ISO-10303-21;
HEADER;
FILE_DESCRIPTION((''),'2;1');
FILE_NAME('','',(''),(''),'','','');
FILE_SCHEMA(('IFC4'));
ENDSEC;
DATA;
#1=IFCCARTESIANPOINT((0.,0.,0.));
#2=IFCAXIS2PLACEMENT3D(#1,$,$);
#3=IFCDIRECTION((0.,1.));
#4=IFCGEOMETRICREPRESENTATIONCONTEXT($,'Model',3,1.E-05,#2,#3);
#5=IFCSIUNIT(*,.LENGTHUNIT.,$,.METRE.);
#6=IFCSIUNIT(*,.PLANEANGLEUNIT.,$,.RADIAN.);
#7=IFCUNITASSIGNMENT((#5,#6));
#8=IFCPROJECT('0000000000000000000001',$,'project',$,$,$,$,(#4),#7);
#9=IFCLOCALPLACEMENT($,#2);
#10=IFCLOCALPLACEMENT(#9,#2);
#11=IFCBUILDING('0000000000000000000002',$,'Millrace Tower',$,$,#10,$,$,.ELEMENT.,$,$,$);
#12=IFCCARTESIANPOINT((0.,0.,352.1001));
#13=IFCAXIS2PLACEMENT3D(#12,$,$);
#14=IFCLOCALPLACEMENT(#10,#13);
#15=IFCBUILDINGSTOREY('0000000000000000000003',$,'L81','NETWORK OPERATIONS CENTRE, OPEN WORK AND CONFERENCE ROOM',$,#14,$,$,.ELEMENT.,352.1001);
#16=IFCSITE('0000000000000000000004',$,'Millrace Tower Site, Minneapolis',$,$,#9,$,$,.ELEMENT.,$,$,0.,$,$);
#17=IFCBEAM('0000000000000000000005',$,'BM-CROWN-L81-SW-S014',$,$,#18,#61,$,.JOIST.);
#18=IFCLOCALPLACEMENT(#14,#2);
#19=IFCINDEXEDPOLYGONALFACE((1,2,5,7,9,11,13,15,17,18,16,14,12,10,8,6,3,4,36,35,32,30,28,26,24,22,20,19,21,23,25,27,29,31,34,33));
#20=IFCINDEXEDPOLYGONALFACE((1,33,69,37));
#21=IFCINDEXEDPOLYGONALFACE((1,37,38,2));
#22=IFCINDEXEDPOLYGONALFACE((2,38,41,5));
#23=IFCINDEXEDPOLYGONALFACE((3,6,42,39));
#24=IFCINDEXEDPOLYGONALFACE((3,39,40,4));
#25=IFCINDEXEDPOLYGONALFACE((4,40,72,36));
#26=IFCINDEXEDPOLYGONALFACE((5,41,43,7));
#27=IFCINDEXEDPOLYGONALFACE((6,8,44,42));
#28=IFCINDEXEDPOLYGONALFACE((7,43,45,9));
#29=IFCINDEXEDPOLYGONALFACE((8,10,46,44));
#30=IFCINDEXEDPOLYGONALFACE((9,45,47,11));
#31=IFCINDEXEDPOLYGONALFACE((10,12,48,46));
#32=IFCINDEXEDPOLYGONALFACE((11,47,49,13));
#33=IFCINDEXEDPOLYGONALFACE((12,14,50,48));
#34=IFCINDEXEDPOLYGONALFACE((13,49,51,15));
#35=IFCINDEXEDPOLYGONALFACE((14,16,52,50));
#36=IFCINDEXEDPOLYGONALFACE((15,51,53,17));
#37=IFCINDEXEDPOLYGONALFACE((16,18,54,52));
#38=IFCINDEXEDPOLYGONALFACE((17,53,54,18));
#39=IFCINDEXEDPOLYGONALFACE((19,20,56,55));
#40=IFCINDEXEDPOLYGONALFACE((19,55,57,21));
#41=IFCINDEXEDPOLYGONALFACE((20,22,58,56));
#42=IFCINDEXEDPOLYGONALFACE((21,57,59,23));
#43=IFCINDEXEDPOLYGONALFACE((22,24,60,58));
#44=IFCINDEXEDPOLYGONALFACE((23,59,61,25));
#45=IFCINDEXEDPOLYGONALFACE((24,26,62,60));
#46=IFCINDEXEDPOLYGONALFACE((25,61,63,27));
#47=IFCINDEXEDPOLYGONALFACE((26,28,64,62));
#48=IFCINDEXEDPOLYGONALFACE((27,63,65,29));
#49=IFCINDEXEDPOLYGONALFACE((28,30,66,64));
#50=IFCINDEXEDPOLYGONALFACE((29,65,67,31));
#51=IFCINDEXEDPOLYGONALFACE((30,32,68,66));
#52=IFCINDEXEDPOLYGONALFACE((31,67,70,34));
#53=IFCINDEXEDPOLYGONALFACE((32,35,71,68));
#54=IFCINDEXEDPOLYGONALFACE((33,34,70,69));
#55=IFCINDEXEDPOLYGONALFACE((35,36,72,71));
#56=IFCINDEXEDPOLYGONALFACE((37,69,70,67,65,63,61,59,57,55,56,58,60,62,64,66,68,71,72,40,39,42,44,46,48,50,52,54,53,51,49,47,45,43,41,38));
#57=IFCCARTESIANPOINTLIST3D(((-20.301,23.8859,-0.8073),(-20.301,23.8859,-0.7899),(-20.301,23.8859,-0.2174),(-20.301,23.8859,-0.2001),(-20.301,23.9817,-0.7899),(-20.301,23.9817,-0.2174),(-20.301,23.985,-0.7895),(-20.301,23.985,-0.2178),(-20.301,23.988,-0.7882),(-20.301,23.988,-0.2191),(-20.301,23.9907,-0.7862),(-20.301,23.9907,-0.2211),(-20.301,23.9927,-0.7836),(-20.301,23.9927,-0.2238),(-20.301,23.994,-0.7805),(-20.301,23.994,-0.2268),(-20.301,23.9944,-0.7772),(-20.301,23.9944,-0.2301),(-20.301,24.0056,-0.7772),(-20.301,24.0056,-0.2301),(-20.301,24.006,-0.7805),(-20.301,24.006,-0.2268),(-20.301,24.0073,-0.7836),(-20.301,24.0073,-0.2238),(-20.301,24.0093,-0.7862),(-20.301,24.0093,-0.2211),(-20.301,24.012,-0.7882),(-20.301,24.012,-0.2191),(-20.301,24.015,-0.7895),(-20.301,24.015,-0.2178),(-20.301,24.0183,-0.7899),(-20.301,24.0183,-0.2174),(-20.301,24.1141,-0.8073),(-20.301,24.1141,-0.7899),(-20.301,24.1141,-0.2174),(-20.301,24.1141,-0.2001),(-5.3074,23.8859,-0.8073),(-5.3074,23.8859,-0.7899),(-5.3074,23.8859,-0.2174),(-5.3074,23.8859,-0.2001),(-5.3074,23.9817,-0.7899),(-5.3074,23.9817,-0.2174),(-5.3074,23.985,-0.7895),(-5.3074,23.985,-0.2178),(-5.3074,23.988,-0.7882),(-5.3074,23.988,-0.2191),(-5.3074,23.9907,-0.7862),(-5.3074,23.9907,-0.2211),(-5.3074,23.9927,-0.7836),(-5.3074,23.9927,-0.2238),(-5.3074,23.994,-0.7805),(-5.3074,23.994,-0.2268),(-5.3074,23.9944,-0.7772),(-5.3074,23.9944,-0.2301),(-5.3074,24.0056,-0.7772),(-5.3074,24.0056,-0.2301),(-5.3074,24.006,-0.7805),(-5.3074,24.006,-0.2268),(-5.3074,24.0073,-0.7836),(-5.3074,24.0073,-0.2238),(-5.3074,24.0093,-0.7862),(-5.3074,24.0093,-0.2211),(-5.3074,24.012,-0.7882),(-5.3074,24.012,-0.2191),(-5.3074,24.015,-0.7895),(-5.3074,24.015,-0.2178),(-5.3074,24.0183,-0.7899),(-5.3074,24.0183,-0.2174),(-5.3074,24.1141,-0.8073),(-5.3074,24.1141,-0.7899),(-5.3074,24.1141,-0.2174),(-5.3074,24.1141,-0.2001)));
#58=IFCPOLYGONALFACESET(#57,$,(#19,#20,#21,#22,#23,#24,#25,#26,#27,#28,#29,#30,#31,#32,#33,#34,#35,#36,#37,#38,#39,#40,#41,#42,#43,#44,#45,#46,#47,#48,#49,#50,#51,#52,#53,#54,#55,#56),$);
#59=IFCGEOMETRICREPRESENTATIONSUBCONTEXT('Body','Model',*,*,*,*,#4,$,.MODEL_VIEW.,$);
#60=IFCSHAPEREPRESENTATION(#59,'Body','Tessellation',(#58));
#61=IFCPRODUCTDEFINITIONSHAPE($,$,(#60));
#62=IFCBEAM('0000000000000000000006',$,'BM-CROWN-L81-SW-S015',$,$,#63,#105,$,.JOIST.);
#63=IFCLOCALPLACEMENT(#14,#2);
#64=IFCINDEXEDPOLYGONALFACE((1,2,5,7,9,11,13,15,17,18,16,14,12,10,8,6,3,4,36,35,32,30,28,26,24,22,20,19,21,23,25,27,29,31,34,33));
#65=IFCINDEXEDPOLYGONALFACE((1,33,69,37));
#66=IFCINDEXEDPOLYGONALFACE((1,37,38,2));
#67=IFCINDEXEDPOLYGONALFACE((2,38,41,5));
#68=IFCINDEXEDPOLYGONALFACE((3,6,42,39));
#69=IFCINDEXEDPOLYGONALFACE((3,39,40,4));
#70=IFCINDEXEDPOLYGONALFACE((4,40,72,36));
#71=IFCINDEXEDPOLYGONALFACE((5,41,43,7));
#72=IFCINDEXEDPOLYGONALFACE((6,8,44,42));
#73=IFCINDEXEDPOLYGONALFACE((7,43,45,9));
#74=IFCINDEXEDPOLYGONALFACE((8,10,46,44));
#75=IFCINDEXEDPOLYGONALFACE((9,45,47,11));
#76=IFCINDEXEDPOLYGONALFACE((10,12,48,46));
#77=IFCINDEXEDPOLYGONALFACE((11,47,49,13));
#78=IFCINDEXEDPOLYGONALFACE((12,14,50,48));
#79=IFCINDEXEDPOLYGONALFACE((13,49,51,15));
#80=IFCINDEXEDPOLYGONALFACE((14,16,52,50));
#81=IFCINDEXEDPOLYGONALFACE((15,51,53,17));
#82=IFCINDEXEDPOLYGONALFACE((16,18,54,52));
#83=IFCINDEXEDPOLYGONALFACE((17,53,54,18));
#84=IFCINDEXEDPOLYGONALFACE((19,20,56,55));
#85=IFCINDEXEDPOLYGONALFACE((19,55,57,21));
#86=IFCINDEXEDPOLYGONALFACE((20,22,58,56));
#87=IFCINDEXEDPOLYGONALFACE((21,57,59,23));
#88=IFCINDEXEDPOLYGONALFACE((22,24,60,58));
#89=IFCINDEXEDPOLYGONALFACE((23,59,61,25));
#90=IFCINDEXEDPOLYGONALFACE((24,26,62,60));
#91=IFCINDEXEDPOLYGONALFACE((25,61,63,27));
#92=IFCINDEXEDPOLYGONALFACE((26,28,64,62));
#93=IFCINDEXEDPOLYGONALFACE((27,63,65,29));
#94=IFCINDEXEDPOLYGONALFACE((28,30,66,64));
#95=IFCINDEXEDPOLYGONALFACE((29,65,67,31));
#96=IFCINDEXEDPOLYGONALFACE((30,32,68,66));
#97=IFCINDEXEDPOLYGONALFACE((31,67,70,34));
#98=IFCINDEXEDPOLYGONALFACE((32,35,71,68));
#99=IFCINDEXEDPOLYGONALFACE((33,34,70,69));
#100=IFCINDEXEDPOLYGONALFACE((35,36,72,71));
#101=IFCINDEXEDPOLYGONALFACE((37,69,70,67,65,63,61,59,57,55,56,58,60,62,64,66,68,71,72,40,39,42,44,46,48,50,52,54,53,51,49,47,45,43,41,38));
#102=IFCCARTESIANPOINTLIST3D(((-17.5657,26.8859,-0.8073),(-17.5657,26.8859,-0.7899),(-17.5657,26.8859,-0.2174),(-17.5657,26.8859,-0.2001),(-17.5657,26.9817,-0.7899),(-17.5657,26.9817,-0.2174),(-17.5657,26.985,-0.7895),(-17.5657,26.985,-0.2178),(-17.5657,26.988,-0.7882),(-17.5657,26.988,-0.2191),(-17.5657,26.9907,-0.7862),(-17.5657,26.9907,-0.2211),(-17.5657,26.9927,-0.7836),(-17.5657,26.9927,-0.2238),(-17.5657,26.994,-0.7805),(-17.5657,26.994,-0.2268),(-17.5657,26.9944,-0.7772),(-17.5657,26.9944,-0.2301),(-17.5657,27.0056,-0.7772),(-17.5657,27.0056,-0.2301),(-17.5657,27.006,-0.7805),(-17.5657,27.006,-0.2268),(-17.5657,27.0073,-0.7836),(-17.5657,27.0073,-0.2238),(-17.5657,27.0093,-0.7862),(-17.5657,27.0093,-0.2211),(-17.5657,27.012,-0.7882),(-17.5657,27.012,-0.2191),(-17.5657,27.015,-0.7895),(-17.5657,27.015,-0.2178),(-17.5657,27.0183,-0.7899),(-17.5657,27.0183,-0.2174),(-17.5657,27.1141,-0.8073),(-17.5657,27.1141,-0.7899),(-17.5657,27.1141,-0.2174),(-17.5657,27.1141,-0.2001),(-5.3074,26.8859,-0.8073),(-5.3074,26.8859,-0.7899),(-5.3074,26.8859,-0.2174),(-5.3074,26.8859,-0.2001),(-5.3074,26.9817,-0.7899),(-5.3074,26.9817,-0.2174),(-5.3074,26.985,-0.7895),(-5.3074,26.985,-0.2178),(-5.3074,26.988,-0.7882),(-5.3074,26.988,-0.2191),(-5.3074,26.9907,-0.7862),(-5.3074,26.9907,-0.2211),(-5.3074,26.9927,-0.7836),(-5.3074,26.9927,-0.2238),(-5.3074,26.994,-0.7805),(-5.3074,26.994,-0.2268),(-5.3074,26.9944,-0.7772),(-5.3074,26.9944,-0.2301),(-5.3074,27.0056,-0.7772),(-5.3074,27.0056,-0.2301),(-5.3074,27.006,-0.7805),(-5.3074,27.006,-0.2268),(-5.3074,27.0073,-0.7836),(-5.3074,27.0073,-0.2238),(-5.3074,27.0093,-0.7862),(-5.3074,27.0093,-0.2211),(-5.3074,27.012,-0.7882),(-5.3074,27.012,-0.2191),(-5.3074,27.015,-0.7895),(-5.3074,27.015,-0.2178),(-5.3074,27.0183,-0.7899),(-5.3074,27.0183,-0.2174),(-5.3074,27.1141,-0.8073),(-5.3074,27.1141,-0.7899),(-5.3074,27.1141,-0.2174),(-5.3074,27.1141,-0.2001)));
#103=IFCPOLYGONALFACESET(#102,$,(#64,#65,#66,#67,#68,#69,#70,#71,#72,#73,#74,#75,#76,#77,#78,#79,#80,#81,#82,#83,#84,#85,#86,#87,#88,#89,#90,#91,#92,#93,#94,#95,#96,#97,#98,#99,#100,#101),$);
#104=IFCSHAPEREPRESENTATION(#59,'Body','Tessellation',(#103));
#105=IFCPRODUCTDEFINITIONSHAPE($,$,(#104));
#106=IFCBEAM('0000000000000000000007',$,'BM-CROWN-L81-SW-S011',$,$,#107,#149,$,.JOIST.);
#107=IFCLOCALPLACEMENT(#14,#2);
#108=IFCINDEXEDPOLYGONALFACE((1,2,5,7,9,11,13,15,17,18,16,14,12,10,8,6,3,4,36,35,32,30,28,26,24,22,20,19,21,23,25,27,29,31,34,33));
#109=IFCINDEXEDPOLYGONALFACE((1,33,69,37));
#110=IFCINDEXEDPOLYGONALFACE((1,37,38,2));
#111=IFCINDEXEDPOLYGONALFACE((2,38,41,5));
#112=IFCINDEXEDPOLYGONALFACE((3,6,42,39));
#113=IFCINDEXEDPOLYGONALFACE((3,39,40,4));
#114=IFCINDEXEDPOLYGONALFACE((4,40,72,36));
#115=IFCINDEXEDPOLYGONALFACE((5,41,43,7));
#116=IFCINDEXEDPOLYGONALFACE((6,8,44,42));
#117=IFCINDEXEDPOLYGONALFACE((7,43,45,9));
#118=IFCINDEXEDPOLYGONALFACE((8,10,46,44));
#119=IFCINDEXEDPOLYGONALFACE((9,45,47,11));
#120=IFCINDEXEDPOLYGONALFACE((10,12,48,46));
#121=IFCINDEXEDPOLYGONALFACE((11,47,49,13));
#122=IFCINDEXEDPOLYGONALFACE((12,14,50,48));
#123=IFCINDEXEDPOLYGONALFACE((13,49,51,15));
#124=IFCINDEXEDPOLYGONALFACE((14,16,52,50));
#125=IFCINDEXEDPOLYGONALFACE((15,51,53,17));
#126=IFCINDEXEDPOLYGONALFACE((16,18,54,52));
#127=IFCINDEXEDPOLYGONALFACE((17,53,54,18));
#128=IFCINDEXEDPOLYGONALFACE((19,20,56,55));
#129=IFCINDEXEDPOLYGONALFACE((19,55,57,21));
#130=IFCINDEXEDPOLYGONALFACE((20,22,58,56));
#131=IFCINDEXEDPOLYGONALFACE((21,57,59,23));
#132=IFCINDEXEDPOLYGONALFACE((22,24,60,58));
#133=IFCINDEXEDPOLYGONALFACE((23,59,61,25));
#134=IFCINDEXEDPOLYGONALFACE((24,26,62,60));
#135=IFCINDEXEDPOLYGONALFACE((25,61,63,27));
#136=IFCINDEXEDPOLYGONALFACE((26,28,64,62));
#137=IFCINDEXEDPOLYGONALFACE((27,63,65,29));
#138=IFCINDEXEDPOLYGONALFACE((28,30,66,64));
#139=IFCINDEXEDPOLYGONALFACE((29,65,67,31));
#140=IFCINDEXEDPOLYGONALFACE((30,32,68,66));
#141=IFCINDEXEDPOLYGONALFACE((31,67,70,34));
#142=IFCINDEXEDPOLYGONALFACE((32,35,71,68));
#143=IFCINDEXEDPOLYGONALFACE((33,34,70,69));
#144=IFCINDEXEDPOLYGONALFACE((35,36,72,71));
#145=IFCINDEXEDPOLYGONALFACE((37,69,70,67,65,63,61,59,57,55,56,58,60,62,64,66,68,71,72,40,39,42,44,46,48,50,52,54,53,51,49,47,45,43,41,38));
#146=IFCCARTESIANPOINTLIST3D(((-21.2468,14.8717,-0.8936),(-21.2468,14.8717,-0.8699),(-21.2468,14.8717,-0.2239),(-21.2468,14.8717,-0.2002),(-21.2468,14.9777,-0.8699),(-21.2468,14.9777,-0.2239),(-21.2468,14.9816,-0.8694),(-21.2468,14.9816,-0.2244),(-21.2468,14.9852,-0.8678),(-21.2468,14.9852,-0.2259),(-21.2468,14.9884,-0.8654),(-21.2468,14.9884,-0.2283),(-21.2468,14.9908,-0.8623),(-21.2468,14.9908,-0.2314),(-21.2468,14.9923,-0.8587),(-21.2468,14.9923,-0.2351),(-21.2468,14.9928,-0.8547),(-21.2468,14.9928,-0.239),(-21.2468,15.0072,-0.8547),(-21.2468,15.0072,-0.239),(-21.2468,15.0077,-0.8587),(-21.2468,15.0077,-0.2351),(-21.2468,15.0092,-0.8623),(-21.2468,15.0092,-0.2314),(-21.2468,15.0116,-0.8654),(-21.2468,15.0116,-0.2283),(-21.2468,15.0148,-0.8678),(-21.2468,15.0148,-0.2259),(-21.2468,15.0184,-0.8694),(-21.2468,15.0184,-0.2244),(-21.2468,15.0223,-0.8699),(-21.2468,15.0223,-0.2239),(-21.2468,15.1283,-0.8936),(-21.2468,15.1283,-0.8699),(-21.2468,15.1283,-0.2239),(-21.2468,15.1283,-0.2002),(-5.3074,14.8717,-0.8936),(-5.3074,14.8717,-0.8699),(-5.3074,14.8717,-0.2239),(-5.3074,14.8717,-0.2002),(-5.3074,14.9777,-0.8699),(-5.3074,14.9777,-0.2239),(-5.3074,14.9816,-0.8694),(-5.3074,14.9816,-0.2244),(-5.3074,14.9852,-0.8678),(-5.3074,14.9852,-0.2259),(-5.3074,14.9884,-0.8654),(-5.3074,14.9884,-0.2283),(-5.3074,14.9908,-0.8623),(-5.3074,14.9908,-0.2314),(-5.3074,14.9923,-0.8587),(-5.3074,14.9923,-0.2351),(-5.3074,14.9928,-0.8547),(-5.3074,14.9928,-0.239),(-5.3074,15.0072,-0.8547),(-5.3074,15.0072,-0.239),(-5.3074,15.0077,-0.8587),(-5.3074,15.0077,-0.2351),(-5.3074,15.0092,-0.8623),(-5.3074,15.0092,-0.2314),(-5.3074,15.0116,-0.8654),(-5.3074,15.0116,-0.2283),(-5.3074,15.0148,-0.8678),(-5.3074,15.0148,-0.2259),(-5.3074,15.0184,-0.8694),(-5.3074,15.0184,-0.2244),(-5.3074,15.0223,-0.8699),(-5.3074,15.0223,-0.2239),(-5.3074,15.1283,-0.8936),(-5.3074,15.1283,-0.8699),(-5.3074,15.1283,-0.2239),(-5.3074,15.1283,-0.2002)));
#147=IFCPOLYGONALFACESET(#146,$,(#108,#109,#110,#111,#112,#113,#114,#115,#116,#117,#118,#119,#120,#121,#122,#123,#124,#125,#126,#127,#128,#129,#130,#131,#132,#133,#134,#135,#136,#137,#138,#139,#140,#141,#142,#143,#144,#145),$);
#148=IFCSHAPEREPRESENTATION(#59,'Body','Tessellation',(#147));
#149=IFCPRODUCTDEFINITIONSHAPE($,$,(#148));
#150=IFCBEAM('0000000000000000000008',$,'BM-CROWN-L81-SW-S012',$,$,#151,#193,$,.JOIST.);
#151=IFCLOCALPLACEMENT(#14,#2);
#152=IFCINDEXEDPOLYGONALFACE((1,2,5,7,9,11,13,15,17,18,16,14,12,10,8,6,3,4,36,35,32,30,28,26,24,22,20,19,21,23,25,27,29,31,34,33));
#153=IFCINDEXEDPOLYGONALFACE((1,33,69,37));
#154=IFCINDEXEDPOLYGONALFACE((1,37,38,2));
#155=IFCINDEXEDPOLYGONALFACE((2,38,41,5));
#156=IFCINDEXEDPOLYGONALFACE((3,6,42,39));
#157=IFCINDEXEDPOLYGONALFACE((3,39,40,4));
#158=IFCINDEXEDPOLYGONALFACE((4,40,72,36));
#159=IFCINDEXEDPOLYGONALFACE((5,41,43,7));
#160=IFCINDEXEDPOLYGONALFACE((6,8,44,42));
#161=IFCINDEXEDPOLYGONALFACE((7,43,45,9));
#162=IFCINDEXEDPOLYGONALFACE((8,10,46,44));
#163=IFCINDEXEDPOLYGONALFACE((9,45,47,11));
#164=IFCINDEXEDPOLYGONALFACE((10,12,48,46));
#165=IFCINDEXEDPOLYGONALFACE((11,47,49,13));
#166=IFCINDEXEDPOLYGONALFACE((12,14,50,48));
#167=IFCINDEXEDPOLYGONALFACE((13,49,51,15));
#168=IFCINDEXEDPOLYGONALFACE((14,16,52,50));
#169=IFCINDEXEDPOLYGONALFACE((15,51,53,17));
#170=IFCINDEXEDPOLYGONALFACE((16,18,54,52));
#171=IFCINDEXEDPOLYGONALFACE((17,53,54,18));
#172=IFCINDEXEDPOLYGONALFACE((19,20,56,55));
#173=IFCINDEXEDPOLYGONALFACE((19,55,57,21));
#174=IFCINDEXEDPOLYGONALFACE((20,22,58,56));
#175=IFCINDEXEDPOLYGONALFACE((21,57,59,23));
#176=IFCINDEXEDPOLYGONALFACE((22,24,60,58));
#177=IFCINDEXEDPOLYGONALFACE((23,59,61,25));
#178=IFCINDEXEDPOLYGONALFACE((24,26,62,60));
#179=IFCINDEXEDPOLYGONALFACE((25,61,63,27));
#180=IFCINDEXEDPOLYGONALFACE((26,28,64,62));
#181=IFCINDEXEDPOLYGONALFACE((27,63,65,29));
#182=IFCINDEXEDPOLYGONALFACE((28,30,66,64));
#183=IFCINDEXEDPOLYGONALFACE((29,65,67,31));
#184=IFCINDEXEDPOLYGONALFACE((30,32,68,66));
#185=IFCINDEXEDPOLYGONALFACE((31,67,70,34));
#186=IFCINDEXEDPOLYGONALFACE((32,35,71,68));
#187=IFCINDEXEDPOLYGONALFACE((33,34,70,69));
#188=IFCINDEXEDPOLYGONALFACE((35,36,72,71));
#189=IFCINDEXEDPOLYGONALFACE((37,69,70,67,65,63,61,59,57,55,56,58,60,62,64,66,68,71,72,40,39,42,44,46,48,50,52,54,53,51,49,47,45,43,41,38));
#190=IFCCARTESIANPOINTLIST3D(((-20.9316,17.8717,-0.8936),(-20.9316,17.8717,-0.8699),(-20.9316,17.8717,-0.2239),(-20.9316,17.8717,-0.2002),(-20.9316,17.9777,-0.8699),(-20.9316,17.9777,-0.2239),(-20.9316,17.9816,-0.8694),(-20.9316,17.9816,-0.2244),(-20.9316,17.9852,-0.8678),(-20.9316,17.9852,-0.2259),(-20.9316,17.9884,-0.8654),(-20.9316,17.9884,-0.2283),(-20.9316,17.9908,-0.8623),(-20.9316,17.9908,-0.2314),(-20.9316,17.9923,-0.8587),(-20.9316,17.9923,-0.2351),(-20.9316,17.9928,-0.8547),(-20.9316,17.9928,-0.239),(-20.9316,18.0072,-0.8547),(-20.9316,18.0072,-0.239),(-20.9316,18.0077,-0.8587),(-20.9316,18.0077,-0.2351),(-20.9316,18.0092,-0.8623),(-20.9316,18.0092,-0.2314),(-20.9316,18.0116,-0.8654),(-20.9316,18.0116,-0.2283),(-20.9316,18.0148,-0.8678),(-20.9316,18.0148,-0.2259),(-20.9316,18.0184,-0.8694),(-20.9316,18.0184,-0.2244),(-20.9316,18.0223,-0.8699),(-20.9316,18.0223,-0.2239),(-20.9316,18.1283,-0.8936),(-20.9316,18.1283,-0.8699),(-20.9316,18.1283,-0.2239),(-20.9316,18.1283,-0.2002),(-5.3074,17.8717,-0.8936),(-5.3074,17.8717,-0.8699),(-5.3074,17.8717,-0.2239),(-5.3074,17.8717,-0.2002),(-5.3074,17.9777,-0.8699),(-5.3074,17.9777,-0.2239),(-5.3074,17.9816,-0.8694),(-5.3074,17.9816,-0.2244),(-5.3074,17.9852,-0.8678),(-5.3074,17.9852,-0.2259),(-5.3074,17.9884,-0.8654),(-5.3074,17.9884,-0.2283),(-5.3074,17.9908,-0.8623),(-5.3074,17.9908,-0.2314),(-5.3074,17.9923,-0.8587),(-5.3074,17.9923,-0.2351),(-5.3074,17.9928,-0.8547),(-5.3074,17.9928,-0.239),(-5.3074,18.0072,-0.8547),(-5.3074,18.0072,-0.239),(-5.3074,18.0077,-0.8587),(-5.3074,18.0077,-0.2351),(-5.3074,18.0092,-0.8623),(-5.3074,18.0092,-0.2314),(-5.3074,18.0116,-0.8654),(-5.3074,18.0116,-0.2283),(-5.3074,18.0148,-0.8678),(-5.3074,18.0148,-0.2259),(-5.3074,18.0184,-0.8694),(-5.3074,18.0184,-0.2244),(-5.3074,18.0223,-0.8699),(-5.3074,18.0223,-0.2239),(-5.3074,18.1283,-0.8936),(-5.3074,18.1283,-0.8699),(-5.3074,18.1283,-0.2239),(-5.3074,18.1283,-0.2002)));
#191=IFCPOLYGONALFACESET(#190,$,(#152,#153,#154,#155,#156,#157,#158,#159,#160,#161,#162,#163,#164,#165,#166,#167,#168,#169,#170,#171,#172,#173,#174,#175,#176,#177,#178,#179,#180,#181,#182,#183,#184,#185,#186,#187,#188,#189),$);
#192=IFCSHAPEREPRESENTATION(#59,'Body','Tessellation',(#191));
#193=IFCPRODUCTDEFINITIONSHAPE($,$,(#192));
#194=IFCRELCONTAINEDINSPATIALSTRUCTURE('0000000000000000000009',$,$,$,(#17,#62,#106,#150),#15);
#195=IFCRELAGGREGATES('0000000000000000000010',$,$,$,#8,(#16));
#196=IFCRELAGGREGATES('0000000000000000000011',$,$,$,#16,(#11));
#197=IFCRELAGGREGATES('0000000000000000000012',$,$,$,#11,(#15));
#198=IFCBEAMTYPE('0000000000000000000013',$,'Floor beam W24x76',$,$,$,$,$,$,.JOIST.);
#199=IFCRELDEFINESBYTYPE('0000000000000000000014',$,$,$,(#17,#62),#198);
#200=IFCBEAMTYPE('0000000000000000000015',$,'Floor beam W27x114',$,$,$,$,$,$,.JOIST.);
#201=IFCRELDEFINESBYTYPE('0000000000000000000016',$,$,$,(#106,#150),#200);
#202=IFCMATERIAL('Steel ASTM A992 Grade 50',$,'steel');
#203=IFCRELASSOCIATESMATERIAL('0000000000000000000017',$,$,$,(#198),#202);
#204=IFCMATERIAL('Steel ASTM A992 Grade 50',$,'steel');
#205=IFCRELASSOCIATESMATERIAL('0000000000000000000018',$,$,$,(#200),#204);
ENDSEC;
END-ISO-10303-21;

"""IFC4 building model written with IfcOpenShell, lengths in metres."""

from ifc_helpers import new_model, si_unit, direction, frame, origin, origin_2d, place, context, subcontext, project, spatial, i_section, extrude, material, material_profile, profile_set, type_object, element, save


model = new_model("IFC4")

# Units and contexts
model_context = context("Model", 3, precision=1e-05, world=origin(), true_north=direction((0.0, 1.0)))
body_context = subcontext(model_context, "Body", "Model", "MODEL_VIEW")
ifc_project = project(units=[si_unit("LENGTHUNIT", "METRE"), si_unit("PLANEANGLEUNIT", "RADIAN")], contexts=[model_context])

# Site, building, storey
site_placement = place(None, origin())
site = spatial("IfcSite", under=ifc_project, at=site_placement, Name="Millrace Tower Site, Minneapolis", CompositionType="ELEMENT", RefElevation=0.0)
building_placement = place(site_placement, origin())
building = spatial("IfcBuilding", under=site, at=building_placement, Name="Millrace Tower", CompositionType="ELEMENT")
storey_placement = place(building_placement, frame((0.0, 0.0, 352.1001)))
storey = spatial("IfcBuildingStorey", under=building, at=storey_placement, Name="L81", Description="NETWORK OPERATIONS CENTRE, OPEN WORK AND CONFERENCE ROOM", CompositionType="ELEMENT", Elevation=352.1001)

# Beams
ifc_material_1 = material(Name="Steel ASTM A992 Grade 50", Category="steel")
ifc_material_profile_1 = material_profile(ifc_material_1, i_section(OverallWidth=0.2283, OverallDepth=0.6072, WebThickness=0.0112, FlangeThickness=0.0173, FilletRadius=0.0127, at=origin_2d()))
ifc_profile_set_1 = profile_set([ifc_material_profile_1], Name="Steel ASTM A992 Grade 50")
beam_type_1 = type_object("IfcBeamType", Name="Floor beam W24x76", PredefinedType="JOIST", material=ifc_profile_set_1)
beam_1_placement = place(storey_placement, frame((-20.301, 24.0, -0.5037), z_axis=(1.0, 0.0, 0.0), x_axis=(0.0, 1.0, 0.0)))
element("IfcBeam", 1, at=beam_1_placement, inside=storey, type_object=beam_type_1, Name="BM-CROWN-L81-SW-S014", PredefinedType="JOIST", context=body_context, shape_type="SweptSolid", body=[
    extrude(i_section(OverallWidth=0.2283, OverallDepth=0.6072, WebThickness=0.0112, FlangeThickness=0.0173, FilletRadius=0.0127, at=origin_2d()), origin(), (0.0, 0.0, 1.0), 14.9937),
])
beam_2_placement = place(storey_placement, frame((-17.5657, 27.0, -0.5037), z_axis=(1.0, 0.0, 0.0), x_axis=(0.0, 1.0, 0.0)))
element("IfcBeam", 2, at=beam_2_placement, inside=storey, type_object=beam_type_1, Name="BM-CROWN-L81-SW-S015", PredefinedType="JOIST", context=body_context, shape_type="SweptSolid", body=[
    extrude(i_section(OverallWidth=0.2283, OverallDepth=0.6072, WebThickness=0.0112, FlangeThickness=0.0173, FilletRadius=0.0127, at=origin_2d()), origin(), (0.0, 0.0, 1.0), 12.2583),
])
ifc_material_2 = material(Name="Steel ASTM A992 Grade 50", Category="steel")
ifc_material_profile_2 = material_profile(ifc_material_2, i_section(OverallWidth=0.2566, OverallDepth=0.6934, WebThickness=0.0144, FlangeThickness=0.0237, FilletRadius=0.0151, at=origin_2d()))
ifc_profile_set_2 = profile_set([ifc_material_profile_2], Name="Steel ASTM A992 Grade 50")
beam_type_2 = type_object("IfcBeamType", Name="Floor beam W27x114", PredefinedType="JOIST", material=ifc_profile_set_2)
beam_3_placement = place(storey_placement, frame((-21.2468, 15.0, -0.5469), z_axis=(1.0, 0.0, 0.0), x_axis=(0.0, 1.0, 0.0)))
element("IfcBeam", 3, at=beam_3_placement, inside=storey, type_object=beam_type_2, Name="BM-CROWN-L81-SW-S011", PredefinedType="JOIST", context=body_context, shape_type="SweptSolid", body=[
    extrude(i_section(OverallWidth=0.2566, OverallDepth=0.6934, WebThickness=0.0144, FlangeThickness=0.0237, FilletRadius=0.0151, at=origin_2d()), origin(), (0.0, 0.0, 1.0), 15.9395),
])
beam_4_placement = place(storey_placement, frame((-20.9316, 18.0, -0.5469), z_axis=(1.0, 0.0, 0.0), x_axis=(0.0, 1.0, 0.0)))
element("IfcBeam", 4, at=beam_4_placement, inside=storey, type_object=beam_type_2, Name="BM-CROWN-L81-SW-S012", PredefinedType="JOIST", context=body_context, shape_type="SweptSolid", body=[
    extrude(i_section(OverallWidth=0.2566, OverallDepth=0.6934, WebThickness=0.0144, FlangeThickness=0.0237, FilletRadius=0.0151, at=origin_2d()), origin(), (0.0, 0.0, 1.0), 15.6243),
])

save(model, "model.ifc")
